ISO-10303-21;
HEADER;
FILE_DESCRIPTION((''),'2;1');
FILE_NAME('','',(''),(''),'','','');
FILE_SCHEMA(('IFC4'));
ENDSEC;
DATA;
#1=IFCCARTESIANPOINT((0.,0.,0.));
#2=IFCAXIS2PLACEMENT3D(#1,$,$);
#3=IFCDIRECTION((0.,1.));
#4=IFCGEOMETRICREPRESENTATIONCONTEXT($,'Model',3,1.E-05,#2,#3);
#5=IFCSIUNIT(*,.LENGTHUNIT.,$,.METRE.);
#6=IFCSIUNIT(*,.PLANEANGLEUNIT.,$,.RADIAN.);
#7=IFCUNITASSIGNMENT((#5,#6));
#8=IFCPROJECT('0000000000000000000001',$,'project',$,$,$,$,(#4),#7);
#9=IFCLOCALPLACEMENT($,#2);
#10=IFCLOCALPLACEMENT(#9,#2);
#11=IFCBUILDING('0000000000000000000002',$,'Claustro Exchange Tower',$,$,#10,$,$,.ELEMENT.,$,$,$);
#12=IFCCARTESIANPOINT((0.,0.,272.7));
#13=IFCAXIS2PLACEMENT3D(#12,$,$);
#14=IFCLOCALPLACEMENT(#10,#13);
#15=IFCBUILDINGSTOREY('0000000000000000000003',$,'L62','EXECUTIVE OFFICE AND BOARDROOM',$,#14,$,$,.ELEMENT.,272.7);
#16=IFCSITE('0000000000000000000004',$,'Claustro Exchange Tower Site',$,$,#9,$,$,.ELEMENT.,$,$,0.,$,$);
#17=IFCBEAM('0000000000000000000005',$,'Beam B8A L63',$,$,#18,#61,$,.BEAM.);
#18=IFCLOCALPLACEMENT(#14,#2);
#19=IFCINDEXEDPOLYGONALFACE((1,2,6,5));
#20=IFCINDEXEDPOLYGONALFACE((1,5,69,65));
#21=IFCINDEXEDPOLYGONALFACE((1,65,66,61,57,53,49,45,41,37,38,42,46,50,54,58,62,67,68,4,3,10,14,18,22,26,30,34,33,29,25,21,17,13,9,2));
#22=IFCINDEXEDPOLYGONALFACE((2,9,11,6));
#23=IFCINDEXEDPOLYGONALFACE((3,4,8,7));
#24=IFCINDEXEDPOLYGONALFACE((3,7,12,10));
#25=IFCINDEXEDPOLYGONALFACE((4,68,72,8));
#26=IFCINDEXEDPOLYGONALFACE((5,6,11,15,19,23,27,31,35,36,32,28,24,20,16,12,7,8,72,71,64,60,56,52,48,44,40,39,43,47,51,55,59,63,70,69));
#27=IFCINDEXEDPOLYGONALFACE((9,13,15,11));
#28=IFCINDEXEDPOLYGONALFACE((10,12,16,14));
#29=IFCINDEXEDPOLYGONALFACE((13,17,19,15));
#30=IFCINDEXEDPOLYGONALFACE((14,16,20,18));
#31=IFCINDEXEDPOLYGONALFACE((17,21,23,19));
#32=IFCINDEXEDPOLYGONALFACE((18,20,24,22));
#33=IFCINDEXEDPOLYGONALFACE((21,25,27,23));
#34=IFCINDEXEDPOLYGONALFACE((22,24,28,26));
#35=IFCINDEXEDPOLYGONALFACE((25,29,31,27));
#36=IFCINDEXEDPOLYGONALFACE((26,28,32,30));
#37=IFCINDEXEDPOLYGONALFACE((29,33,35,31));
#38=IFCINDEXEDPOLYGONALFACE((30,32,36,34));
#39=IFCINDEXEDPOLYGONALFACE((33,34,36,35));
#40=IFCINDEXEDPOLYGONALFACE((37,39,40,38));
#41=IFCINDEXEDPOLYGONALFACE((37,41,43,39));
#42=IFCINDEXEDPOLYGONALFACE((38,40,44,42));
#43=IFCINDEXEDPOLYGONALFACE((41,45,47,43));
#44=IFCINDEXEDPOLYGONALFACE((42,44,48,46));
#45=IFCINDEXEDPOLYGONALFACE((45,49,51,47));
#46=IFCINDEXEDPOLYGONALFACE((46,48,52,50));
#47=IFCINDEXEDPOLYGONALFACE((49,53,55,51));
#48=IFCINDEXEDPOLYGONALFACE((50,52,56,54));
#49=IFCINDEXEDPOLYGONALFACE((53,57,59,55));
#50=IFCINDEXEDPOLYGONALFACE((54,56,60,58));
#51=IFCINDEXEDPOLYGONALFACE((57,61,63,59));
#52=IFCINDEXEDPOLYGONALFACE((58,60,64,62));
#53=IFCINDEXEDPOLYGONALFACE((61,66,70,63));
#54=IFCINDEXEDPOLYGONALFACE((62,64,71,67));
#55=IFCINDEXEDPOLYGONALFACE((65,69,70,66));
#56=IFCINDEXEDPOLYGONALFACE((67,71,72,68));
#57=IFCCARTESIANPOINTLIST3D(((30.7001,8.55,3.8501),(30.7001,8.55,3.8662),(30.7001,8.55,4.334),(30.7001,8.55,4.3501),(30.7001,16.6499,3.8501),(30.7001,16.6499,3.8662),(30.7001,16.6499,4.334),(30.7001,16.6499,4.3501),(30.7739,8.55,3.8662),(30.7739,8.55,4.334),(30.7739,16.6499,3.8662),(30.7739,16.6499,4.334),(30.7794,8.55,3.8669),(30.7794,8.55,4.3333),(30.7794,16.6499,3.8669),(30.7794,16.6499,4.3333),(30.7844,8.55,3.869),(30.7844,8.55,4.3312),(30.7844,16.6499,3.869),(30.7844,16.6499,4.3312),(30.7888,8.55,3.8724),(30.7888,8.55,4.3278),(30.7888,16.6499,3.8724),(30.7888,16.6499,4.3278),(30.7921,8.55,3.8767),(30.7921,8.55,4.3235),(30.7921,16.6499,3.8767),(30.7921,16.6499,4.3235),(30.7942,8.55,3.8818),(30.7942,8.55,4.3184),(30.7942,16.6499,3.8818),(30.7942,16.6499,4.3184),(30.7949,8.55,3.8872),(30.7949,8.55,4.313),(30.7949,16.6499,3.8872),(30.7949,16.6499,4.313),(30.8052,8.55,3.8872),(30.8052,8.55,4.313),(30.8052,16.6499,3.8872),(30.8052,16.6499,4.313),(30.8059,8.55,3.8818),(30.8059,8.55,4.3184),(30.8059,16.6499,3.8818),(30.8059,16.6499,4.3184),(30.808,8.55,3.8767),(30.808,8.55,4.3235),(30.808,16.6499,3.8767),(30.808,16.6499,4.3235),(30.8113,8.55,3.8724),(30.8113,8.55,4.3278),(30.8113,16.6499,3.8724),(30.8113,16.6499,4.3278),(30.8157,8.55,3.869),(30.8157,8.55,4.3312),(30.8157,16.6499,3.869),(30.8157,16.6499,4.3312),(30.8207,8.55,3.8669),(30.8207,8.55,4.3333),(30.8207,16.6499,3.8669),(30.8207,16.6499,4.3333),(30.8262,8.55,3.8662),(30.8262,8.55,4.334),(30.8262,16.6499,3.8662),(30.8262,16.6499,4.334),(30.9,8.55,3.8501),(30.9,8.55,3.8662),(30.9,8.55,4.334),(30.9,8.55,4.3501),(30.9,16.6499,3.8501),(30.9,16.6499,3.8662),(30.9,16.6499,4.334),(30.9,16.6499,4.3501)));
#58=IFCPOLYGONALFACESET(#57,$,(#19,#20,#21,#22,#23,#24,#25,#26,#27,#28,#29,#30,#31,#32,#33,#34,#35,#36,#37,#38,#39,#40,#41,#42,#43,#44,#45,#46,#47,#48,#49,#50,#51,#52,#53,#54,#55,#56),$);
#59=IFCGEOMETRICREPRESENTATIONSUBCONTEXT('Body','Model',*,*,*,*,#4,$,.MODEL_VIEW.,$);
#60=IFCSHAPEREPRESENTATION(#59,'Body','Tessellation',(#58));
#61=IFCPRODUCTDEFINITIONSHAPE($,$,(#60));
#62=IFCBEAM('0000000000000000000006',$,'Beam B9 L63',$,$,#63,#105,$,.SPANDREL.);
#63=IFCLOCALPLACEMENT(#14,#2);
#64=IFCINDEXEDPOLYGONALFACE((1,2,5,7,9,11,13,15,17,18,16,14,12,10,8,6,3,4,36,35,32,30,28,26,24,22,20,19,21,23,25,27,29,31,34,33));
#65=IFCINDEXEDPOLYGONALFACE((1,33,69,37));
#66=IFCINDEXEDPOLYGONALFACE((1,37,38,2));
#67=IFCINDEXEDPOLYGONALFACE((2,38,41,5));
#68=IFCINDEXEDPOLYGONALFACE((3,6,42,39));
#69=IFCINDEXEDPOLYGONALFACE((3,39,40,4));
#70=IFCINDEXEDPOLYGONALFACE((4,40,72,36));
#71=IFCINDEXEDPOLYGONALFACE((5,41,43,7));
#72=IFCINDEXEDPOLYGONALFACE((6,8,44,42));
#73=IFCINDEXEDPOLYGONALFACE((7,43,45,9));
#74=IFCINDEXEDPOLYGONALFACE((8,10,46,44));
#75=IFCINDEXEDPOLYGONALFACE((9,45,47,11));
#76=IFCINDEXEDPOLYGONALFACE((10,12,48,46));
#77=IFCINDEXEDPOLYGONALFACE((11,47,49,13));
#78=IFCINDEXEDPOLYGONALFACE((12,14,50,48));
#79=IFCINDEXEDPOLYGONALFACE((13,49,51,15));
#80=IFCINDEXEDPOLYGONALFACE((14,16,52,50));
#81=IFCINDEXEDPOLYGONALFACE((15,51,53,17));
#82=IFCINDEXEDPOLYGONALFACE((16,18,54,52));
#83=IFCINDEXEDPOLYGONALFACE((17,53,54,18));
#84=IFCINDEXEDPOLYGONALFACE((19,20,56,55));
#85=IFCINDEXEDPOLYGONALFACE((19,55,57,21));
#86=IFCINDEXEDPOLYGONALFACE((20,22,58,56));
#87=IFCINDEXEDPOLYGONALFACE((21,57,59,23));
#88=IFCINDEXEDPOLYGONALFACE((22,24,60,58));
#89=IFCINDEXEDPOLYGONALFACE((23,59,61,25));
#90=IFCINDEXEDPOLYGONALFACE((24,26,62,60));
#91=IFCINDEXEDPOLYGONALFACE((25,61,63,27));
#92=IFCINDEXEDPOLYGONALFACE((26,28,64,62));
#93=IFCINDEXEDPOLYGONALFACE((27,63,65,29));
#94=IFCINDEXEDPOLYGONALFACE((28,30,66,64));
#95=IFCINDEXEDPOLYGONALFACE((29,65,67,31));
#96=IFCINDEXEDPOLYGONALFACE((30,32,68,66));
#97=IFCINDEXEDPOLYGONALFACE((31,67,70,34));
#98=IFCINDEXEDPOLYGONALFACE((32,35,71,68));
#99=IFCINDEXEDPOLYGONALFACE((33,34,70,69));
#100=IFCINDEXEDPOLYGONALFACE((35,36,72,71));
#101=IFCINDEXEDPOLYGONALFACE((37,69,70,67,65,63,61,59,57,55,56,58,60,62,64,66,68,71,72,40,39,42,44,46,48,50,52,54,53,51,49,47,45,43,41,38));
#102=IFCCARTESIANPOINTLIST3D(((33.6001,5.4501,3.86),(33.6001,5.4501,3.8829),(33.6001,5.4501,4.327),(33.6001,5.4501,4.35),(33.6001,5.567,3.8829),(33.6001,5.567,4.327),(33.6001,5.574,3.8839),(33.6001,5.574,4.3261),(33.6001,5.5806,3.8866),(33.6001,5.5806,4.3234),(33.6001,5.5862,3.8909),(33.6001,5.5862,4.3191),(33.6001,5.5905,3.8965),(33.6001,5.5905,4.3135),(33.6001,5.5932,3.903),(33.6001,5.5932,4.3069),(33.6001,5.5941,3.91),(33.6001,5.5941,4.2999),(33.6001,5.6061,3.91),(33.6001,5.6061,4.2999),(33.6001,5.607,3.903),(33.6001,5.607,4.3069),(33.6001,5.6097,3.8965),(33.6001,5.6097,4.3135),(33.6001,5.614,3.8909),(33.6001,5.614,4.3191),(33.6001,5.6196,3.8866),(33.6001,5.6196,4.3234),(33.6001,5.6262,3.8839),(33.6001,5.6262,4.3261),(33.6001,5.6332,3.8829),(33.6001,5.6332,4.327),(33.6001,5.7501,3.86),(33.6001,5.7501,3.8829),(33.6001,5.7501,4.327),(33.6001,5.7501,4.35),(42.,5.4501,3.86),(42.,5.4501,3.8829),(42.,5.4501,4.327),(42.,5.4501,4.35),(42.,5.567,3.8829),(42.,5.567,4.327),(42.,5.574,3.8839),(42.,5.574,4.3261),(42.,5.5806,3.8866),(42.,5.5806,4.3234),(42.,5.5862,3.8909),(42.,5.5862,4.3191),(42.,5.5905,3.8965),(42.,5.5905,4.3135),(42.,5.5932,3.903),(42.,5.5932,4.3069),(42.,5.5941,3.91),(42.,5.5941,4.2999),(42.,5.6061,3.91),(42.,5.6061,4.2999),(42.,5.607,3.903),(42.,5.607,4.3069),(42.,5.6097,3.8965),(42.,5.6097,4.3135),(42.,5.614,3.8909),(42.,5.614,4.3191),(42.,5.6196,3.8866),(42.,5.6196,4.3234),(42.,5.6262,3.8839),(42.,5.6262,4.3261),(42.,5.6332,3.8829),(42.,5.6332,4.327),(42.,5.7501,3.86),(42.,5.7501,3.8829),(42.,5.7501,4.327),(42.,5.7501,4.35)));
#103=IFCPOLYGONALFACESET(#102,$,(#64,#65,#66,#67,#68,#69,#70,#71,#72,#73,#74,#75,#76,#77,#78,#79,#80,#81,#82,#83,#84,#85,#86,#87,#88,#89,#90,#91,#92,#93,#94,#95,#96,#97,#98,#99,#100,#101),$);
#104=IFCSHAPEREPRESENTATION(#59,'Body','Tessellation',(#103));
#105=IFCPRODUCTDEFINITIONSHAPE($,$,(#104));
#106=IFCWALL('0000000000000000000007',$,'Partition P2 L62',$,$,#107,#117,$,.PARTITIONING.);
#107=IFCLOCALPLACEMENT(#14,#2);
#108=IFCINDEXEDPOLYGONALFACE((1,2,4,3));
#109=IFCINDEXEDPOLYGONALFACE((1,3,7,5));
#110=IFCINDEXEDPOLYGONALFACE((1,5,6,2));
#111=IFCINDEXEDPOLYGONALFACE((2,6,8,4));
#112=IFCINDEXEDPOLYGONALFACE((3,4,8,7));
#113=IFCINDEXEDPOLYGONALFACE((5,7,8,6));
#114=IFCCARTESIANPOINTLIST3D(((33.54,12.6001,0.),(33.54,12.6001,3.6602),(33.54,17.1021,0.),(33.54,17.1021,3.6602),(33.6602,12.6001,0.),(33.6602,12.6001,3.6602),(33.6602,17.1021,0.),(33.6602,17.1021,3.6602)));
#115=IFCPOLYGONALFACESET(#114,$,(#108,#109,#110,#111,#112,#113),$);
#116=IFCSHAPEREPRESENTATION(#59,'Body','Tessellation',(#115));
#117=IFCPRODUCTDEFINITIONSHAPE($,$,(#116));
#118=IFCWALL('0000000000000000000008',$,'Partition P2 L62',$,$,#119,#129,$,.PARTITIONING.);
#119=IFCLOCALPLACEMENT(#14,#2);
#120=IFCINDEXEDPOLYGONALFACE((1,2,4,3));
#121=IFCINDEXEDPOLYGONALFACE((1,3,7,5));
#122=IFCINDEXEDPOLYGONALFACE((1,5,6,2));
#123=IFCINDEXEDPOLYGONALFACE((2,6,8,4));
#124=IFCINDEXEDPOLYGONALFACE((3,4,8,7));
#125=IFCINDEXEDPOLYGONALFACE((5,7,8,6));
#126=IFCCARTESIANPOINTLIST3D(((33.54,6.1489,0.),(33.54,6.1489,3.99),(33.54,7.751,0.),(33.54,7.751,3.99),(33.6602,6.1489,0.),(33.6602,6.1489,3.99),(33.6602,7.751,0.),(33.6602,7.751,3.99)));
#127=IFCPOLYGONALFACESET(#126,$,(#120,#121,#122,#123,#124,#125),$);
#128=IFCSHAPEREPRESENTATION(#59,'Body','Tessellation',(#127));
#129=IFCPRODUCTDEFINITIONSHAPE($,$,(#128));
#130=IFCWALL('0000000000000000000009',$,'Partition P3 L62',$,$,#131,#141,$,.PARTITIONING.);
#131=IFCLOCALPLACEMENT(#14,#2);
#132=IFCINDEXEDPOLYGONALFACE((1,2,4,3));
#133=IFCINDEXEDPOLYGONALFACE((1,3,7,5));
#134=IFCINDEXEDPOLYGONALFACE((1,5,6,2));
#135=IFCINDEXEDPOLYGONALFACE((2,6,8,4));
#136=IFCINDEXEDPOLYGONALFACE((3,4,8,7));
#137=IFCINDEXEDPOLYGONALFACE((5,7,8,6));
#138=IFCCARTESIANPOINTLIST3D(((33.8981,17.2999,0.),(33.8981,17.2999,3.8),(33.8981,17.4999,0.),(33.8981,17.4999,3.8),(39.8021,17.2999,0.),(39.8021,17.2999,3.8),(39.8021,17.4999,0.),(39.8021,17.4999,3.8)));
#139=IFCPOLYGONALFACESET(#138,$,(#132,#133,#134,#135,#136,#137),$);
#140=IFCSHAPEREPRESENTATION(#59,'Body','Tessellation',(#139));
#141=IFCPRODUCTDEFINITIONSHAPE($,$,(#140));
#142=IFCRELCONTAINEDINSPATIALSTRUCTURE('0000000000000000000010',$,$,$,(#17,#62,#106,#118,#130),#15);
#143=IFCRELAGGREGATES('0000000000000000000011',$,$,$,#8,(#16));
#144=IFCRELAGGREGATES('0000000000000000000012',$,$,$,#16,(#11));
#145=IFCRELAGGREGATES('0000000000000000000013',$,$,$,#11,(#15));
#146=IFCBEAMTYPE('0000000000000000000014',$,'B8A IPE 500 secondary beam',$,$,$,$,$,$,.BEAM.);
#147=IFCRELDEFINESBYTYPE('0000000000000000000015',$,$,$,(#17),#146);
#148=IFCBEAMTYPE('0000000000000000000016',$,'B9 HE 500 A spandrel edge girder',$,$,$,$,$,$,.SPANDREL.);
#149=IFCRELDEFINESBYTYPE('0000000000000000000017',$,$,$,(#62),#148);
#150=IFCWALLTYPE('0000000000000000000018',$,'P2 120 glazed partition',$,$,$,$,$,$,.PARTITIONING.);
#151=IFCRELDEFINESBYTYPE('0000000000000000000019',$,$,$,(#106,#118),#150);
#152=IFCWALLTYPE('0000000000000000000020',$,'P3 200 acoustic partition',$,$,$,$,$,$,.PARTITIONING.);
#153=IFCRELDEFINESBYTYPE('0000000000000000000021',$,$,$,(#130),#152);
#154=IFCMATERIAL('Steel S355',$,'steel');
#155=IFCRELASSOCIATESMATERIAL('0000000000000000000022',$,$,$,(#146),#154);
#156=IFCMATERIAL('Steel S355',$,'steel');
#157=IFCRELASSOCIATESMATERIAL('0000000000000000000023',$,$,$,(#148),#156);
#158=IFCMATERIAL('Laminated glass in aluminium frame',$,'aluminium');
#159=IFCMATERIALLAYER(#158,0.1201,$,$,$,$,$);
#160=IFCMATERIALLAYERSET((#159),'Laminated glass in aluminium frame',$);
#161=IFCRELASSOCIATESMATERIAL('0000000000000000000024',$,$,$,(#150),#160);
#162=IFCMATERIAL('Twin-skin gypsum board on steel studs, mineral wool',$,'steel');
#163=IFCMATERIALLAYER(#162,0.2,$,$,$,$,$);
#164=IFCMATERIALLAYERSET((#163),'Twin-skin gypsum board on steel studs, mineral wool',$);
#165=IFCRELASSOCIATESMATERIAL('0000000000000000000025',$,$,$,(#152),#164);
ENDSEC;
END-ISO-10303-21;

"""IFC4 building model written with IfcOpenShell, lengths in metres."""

from ifc_helpers import new_model, si_unit, direction, frame, frame_2d, origin, origin_2d, place, context, subcontext, project, spatial, rectangle, i_section, extrude, material, layer, layer_set, material_profile, profile_set, type_object, element, save


model = new_model("IFC4")

# Units and contexts
model_context = context("Model", 3, precision=1e-05, world=origin(), true_north=direction((0.0, 1.0)))
body_context = subcontext(model_context, "Body", "Model", "MODEL_VIEW")
ifc_project = project(units=[si_unit("LENGTHUNIT", "METRE"), si_unit("PLANEANGLEUNIT", "RADIAN")], contexts=[model_context])

# Site, building, storey
site_placement = place(None, origin())
site = spatial("IfcSite", under=ifc_project, at=site_placement, Name="Claustro Exchange Tower Site", CompositionType="ELEMENT", RefElevation=0.0)
building_placement = place(site_placement, origin())
building = spatial("IfcBuilding", under=site, at=building_placement, Name="Claustro Exchange Tower", CompositionType="ELEMENT")
storey_placement = place(building_placement, frame((0.0, 0.0, 272.7)))
storey = spatial("IfcBuildingStorey", under=building, at=storey_placement, Name="L62", Description="EXECUTIVE OFFICE AND BOARDROOM", CompositionType="ELEMENT", Elevation=272.7)

# Beams
ifc_material_1 = material(Name="Steel S355", Category="steel")
ifc_material_profile_1 = material_profile(ifc_material_1, i_section(OverallWidth=0.2, OverallDepth=0.5, WebThickness=0.0103, FlangeThickness=0.0161, FilletRadius=0.021, at=origin_2d()), Name="IPE 500")
ifc_profile_set_1 = profile_set([ifc_material_profile_1], Name="Steel S355")
beam_type_1 = type_object("IfcBeamType", Name="B8A IPE 500 secondary beam", PredefinedType="BEAM", material=ifc_profile_set_1)
beam_1_placement = place(storey_placement, frame((30.8, 8.55, 4.1001), z_axis=(0.0, 1.0, 0.0), x_axis=(-1.0, 0.0, 0.0)))
element("IfcBeam", 1, at=beam_1_placement, inside=storey, type_object=beam_type_1, Name="Beam B8A L63", PredefinedType="BEAM", context=body_context, shape_type="SweptSolid", body=[
    extrude(i_section(OverallWidth=0.2, OverallDepth=0.5, WebThickness=0.0103, FlangeThickness=0.0161, FilletRadius=0.021, at=origin_2d()), origin(), (0.0, 0.0, 1.0), 8.0999),
])
ifc_material_2 = material(Name="Steel S355", Category="steel")
ifc_material_profile_2 = material_profile(ifc_material_2, i_section(OverallWidth=0.3, OverallDepth=0.49, WebThickness=0.012, FlangeThickness=0.0229, FilletRadius=0.0271, at=origin_2d()), Name="HE 500 A")
ifc_profile_set_2 = profile_set([ifc_material_profile_2], Name="Steel S355")
beam_type_2 = type_object("IfcBeamType", Name="B9 HE 500 A spandrel edge girder", PredefinedType="SPANDREL", material=ifc_profile_set_2)
beam_2_placement = place(storey_placement, frame((33.6001, 5.6001, 4.105), z_axis=(1.0, 0.0, 0.0), x_axis=(0.0, 1.0, 0.0)))
element("IfcBeam", 2, at=beam_2_placement, inside=storey, type_object=beam_type_2, Name="Beam B9 L63", PredefinedType="SPANDREL", context=body_context, shape_type="SweptSolid", body=[
    extrude(i_section(OverallWidth=0.3, OverallDepth=0.49, WebThickness=0.012, FlangeThickness=0.0229, FilletRadius=0.0271, at=origin_2d()), origin(), (0.0, 0.0, 1.0), 8.3999),
])

# Walls
ifc_material_3 = material(Name="Laminated glass in aluminium frame", Category="aluminium")
ifc_layer_1 = layer(ifc_material_3, 0.1201)
ifc_layer_set_1 = layer_set([ifc_layer_1], Name="Laminated glass in aluminium frame")
wall_type_1 = type_object("IfcWallType", Name="P2 120 glazed partition", PredefinedType="PARTITIONING", material=ifc_layer_set_1)
wall_1_placement = place(storey_placement, frame((33.6001, 12.6001, 0.0), z_axis=(0.0, 0.0, 1.0), x_axis=(0.0, 1.0, 0.0)))
element("IfcWall", 3, at=wall_1_placement, inside=storey, type_object=wall_type_1, Name="Partition P2 L62", PredefinedType="PARTITIONING", context=body_context, shape_type="SweptSolid", body=[
    extrude(rectangle(XDim=4.502, YDim=0.1201, at=frame_2d((2.251, 0.0))), origin(), (0.0, 0.0, 1.0), 3.6602),
])
wall_2_placement = place(storey_placement, frame((33.6001, 6.1489, 0.0), z_axis=(0.0, 0.0, 1.0), x_axis=(0.0, 1.0, 0.0)))
element("IfcWall", 4, at=wall_2_placement, inside=storey, type_object=wall_type_1, Name="Partition P2 L62", PredefinedType="PARTITIONING", context=body_context, shape_type="SweptSolid", body=[
    extrude(rectangle(XDim=1.6021, YDim=0.1201, at=frame_2d((0.801, 0.0))), origin(), (0.0, 0.0, 1.0), 3.99),
])
ifc_material_4 = material(Name="Twin-skin gypsum board on steel studs, mineral wool", Category="steel")
ifc_layer_2 = layer(ifc_material_4, 0.2)
ifc_layer_set_2 = layer_set([ifc_layer_2], Name="Twin-skin gypsum board on steel studs, mineral wool")
wall_type_2 = type_object("IfcWallType", Name="P3 200 acoustic partition", PredefinedType="PARTITIONING", material=ifc_layer_set_2)
wall_3_placement = place(storey_placement, frame((33.8979, 17.3999, 0.0), z_axis=(0.0, 0.0, 1.0), x_axis=(1.0, 0.0, 0.0)))
element("IfcWall", 5, at=wall_3_placement, inside=storey, type_object=wall_type_2, Name="Partition P3 L62", PredefinedType="PARTITIONING", context=body_context, shape_type="SweptSolid", body=[
    extrude(rectangle(XDim=5.9041, YDim=0.2, at=frame_2d((2.9521, 0.0))), origin(), (0.0, 0.0, 1.0), 3.8),
])

save(model, "model.ifc")
